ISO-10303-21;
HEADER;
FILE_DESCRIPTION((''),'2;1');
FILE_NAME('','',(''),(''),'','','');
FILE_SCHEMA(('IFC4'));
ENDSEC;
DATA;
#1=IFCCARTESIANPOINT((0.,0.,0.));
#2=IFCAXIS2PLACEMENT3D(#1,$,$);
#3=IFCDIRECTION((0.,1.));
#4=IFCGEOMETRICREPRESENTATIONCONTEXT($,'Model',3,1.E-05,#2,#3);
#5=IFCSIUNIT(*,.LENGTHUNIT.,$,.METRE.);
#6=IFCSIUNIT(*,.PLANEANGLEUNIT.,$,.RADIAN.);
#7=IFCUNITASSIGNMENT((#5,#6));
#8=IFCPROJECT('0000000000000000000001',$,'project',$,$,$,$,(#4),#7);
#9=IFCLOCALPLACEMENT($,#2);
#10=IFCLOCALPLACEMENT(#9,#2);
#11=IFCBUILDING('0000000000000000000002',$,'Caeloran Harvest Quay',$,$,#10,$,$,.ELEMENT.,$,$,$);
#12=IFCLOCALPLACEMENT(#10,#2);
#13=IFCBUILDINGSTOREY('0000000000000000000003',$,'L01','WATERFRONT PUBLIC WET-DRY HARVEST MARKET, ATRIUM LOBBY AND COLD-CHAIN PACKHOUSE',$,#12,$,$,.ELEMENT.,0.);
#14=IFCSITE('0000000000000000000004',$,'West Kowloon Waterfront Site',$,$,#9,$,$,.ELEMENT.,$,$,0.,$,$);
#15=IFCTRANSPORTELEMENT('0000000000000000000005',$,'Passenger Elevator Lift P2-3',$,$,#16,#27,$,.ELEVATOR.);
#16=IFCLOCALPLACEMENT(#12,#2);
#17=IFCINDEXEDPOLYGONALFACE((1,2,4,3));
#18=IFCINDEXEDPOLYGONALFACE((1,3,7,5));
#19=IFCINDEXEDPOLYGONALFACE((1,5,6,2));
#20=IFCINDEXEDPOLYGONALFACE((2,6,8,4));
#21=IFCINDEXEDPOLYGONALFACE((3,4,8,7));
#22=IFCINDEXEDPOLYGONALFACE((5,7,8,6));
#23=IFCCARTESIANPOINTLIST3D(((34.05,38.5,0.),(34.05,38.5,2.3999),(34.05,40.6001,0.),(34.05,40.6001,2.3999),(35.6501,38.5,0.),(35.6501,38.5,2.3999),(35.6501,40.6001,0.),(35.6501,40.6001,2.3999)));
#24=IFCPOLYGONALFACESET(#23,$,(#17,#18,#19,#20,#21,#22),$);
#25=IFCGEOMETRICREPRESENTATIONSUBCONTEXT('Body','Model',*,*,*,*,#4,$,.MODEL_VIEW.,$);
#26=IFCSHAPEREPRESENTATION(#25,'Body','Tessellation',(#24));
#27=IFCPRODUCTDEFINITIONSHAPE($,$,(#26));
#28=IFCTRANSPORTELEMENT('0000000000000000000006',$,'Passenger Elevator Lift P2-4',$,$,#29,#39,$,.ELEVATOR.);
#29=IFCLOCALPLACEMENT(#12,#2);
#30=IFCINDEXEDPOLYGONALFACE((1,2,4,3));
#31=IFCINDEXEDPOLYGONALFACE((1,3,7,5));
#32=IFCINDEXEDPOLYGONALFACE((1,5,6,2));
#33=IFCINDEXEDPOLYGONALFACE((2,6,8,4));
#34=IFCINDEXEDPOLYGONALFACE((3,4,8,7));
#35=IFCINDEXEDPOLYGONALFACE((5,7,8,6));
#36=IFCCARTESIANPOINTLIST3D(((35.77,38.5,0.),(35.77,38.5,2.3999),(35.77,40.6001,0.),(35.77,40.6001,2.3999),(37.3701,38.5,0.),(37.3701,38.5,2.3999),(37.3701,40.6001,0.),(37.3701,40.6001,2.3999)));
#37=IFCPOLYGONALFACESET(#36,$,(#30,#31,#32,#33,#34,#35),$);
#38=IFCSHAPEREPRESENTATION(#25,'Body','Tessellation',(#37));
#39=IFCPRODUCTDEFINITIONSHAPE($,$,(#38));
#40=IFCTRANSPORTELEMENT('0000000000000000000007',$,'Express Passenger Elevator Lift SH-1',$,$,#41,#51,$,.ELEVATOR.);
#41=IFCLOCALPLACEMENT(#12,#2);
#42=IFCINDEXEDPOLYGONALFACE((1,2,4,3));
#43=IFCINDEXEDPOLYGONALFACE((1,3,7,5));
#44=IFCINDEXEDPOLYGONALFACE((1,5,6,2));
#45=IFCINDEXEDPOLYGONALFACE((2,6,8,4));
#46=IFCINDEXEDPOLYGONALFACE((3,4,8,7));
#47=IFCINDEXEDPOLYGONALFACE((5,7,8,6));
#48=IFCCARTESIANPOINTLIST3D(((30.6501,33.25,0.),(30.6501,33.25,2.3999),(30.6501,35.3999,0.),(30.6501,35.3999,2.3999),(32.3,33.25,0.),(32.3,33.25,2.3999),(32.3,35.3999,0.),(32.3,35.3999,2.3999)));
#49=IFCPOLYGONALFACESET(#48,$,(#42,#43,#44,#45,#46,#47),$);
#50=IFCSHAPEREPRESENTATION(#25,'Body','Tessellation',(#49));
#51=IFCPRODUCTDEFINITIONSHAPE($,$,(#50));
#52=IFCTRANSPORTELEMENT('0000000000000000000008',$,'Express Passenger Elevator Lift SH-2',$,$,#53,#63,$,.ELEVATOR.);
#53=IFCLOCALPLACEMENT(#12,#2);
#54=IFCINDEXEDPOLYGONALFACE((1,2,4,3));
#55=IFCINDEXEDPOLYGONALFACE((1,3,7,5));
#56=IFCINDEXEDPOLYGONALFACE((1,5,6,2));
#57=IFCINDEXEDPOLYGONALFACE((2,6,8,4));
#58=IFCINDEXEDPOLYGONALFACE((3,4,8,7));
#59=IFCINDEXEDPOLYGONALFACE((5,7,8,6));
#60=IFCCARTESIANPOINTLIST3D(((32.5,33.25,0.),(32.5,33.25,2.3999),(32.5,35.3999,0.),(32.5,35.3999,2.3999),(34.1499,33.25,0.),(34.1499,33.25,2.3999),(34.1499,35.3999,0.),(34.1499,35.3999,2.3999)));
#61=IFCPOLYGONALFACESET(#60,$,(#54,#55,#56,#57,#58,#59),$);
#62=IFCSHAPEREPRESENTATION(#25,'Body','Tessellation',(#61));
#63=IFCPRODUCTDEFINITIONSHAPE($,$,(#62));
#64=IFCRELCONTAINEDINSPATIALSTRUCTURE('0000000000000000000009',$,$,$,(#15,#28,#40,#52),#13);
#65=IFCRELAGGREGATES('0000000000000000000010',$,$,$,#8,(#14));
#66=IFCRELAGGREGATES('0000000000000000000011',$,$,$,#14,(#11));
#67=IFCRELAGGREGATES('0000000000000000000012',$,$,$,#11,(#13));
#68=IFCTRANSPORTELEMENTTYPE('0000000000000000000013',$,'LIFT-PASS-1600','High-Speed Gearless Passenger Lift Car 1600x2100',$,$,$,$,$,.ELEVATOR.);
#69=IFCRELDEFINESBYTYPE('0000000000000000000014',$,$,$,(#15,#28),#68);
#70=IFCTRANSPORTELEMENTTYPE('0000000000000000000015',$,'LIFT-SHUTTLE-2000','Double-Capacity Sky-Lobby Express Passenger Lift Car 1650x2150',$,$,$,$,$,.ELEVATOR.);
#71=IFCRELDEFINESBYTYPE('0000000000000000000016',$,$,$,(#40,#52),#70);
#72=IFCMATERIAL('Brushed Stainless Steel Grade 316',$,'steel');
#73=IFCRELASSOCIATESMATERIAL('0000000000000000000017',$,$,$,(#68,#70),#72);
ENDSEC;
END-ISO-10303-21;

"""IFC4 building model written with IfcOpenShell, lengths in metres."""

from ifc_helpers import new_model, si_unit, direction, frame, origin, origin_2d, place, context, subcontext, project, spatial, rectangle, extrude, material, type_object, element, save


model = new_model("IFC4")

# Units and contexts
model_context = context("Model", 3, precision=1e-05, world=origin(), true_north=direction((0.0, 1.0)))
body_context = subcontext(model_context, "Body", "Model", "MODEL_VIEW")
ifc_project = project(units=[si_unit("LENGTHUNIT", "METRE"), si_unit("PLANEANGLEUNIT", "RADIAN")], contexts=[model_context])

# Site, building, storey
site_placement = place(None, origin())
site = spatial("IfcSite", under=ifc_project, at=site_placement, Name="West Kowloon Waterfront Site", CompositionType="ELEMENT", RefElevation=0.0)
building_placement = place(site_placement, origin())
building = spatial("IfcBuilding", under=site, at=building_placement, Name="Caeloran Harvest Quay", CompositionType="ELEMENT")
storey_placement = place(building_placement, origin())
storey = spatial("IfcBuildingStorey", under=building, at=storey_placement, Name="L01", Description="WATERFRONT PUBLIC WET-DRY HARVEST MARKET, ATRIUM LOBBY AND COLD-CHAIN PACKHOUSE", CompositionType="ELEMENT", Elevation=0.0)

# Transport elements
ifc_material_1 = material(Name="Brushed Stainless Steel Grade 316", Category="steel")
transport_element_type_1 = type_object("IfcTransportElementType", Name="LIFT-PASS-1600", Description="High-Speed Gearless Passenger Lift Car 1600x2100", PredefinedType="ELEVATOR", material=ifc_material_1)
for number, where, z_axis, x_axis, name in (
    (1, (34.8501, 39.55, 0.0), (0.0, 0.0, 1.0), (1.0, 0.0, 0.0), "Passenger Elevator Lift P2-3"),
    (2, (36.5701, 39.55, 0.0), (0.0, 0.0, 1.0), (1.0, 0.0, 0.0), "Passenger Elevator Lift P2-4"),
):
    element("IfcTransportElement", number, at=place(storey_placement, frame(where, z_axis=z_axis, x_axis=x_axis)), inside=storey, type_object=transport_element_type_1, Name=name, PredefinedType="ELEVATOR", context=body_context, shape_type="SweptSolid", body=[
        extrude(rectangle(XDim=1.6001, YDim=2.1001, at=origin_2d()), origin(), (0.0, 0.0, 1.0), 2.3999),
    ])
transport_element_type_2 = type_object("IfcTransportElementType", Name="LIFT-SHUTTLE-2000", Description="Double-Capacity Sky-Lobby Express Passenger Lift Car 1650x2150", PredefinedType="ELEVATOR", material=ifc_material_1)
for number, where, z_axis, x_axis, name in (
    (3, (31.4751, 34.325, 0.0), (0.0, 0.0, 1.0), (1.0, 0.0, 0.0), "Express Passenger Elevator Lift SH-1"),
    (4, (33.325, 34.325, 0.0), (0.0, 0.0, 1.0), (1.0, 0.0, 0.0), "Express Passenger Elevator Lift SH-2"),
):
    element("IfcTransportElement", number, at=place(storey_placement, frame(where, z_axis=z_axis, x_axis=x_axis)), inside=storey, type_object=transport_element_type_2, Name=name, PredefinedType="ELEVATOR", context=body_context, shape_type="SweptSolid", body=[
        extrude(rectangle(XDim=1.6499, YDim=2.1499, at=origin_2d()), origin(), (0.0, 0.0, 1.0), 2.3999),
    ])

save(model, "model.ifc")
